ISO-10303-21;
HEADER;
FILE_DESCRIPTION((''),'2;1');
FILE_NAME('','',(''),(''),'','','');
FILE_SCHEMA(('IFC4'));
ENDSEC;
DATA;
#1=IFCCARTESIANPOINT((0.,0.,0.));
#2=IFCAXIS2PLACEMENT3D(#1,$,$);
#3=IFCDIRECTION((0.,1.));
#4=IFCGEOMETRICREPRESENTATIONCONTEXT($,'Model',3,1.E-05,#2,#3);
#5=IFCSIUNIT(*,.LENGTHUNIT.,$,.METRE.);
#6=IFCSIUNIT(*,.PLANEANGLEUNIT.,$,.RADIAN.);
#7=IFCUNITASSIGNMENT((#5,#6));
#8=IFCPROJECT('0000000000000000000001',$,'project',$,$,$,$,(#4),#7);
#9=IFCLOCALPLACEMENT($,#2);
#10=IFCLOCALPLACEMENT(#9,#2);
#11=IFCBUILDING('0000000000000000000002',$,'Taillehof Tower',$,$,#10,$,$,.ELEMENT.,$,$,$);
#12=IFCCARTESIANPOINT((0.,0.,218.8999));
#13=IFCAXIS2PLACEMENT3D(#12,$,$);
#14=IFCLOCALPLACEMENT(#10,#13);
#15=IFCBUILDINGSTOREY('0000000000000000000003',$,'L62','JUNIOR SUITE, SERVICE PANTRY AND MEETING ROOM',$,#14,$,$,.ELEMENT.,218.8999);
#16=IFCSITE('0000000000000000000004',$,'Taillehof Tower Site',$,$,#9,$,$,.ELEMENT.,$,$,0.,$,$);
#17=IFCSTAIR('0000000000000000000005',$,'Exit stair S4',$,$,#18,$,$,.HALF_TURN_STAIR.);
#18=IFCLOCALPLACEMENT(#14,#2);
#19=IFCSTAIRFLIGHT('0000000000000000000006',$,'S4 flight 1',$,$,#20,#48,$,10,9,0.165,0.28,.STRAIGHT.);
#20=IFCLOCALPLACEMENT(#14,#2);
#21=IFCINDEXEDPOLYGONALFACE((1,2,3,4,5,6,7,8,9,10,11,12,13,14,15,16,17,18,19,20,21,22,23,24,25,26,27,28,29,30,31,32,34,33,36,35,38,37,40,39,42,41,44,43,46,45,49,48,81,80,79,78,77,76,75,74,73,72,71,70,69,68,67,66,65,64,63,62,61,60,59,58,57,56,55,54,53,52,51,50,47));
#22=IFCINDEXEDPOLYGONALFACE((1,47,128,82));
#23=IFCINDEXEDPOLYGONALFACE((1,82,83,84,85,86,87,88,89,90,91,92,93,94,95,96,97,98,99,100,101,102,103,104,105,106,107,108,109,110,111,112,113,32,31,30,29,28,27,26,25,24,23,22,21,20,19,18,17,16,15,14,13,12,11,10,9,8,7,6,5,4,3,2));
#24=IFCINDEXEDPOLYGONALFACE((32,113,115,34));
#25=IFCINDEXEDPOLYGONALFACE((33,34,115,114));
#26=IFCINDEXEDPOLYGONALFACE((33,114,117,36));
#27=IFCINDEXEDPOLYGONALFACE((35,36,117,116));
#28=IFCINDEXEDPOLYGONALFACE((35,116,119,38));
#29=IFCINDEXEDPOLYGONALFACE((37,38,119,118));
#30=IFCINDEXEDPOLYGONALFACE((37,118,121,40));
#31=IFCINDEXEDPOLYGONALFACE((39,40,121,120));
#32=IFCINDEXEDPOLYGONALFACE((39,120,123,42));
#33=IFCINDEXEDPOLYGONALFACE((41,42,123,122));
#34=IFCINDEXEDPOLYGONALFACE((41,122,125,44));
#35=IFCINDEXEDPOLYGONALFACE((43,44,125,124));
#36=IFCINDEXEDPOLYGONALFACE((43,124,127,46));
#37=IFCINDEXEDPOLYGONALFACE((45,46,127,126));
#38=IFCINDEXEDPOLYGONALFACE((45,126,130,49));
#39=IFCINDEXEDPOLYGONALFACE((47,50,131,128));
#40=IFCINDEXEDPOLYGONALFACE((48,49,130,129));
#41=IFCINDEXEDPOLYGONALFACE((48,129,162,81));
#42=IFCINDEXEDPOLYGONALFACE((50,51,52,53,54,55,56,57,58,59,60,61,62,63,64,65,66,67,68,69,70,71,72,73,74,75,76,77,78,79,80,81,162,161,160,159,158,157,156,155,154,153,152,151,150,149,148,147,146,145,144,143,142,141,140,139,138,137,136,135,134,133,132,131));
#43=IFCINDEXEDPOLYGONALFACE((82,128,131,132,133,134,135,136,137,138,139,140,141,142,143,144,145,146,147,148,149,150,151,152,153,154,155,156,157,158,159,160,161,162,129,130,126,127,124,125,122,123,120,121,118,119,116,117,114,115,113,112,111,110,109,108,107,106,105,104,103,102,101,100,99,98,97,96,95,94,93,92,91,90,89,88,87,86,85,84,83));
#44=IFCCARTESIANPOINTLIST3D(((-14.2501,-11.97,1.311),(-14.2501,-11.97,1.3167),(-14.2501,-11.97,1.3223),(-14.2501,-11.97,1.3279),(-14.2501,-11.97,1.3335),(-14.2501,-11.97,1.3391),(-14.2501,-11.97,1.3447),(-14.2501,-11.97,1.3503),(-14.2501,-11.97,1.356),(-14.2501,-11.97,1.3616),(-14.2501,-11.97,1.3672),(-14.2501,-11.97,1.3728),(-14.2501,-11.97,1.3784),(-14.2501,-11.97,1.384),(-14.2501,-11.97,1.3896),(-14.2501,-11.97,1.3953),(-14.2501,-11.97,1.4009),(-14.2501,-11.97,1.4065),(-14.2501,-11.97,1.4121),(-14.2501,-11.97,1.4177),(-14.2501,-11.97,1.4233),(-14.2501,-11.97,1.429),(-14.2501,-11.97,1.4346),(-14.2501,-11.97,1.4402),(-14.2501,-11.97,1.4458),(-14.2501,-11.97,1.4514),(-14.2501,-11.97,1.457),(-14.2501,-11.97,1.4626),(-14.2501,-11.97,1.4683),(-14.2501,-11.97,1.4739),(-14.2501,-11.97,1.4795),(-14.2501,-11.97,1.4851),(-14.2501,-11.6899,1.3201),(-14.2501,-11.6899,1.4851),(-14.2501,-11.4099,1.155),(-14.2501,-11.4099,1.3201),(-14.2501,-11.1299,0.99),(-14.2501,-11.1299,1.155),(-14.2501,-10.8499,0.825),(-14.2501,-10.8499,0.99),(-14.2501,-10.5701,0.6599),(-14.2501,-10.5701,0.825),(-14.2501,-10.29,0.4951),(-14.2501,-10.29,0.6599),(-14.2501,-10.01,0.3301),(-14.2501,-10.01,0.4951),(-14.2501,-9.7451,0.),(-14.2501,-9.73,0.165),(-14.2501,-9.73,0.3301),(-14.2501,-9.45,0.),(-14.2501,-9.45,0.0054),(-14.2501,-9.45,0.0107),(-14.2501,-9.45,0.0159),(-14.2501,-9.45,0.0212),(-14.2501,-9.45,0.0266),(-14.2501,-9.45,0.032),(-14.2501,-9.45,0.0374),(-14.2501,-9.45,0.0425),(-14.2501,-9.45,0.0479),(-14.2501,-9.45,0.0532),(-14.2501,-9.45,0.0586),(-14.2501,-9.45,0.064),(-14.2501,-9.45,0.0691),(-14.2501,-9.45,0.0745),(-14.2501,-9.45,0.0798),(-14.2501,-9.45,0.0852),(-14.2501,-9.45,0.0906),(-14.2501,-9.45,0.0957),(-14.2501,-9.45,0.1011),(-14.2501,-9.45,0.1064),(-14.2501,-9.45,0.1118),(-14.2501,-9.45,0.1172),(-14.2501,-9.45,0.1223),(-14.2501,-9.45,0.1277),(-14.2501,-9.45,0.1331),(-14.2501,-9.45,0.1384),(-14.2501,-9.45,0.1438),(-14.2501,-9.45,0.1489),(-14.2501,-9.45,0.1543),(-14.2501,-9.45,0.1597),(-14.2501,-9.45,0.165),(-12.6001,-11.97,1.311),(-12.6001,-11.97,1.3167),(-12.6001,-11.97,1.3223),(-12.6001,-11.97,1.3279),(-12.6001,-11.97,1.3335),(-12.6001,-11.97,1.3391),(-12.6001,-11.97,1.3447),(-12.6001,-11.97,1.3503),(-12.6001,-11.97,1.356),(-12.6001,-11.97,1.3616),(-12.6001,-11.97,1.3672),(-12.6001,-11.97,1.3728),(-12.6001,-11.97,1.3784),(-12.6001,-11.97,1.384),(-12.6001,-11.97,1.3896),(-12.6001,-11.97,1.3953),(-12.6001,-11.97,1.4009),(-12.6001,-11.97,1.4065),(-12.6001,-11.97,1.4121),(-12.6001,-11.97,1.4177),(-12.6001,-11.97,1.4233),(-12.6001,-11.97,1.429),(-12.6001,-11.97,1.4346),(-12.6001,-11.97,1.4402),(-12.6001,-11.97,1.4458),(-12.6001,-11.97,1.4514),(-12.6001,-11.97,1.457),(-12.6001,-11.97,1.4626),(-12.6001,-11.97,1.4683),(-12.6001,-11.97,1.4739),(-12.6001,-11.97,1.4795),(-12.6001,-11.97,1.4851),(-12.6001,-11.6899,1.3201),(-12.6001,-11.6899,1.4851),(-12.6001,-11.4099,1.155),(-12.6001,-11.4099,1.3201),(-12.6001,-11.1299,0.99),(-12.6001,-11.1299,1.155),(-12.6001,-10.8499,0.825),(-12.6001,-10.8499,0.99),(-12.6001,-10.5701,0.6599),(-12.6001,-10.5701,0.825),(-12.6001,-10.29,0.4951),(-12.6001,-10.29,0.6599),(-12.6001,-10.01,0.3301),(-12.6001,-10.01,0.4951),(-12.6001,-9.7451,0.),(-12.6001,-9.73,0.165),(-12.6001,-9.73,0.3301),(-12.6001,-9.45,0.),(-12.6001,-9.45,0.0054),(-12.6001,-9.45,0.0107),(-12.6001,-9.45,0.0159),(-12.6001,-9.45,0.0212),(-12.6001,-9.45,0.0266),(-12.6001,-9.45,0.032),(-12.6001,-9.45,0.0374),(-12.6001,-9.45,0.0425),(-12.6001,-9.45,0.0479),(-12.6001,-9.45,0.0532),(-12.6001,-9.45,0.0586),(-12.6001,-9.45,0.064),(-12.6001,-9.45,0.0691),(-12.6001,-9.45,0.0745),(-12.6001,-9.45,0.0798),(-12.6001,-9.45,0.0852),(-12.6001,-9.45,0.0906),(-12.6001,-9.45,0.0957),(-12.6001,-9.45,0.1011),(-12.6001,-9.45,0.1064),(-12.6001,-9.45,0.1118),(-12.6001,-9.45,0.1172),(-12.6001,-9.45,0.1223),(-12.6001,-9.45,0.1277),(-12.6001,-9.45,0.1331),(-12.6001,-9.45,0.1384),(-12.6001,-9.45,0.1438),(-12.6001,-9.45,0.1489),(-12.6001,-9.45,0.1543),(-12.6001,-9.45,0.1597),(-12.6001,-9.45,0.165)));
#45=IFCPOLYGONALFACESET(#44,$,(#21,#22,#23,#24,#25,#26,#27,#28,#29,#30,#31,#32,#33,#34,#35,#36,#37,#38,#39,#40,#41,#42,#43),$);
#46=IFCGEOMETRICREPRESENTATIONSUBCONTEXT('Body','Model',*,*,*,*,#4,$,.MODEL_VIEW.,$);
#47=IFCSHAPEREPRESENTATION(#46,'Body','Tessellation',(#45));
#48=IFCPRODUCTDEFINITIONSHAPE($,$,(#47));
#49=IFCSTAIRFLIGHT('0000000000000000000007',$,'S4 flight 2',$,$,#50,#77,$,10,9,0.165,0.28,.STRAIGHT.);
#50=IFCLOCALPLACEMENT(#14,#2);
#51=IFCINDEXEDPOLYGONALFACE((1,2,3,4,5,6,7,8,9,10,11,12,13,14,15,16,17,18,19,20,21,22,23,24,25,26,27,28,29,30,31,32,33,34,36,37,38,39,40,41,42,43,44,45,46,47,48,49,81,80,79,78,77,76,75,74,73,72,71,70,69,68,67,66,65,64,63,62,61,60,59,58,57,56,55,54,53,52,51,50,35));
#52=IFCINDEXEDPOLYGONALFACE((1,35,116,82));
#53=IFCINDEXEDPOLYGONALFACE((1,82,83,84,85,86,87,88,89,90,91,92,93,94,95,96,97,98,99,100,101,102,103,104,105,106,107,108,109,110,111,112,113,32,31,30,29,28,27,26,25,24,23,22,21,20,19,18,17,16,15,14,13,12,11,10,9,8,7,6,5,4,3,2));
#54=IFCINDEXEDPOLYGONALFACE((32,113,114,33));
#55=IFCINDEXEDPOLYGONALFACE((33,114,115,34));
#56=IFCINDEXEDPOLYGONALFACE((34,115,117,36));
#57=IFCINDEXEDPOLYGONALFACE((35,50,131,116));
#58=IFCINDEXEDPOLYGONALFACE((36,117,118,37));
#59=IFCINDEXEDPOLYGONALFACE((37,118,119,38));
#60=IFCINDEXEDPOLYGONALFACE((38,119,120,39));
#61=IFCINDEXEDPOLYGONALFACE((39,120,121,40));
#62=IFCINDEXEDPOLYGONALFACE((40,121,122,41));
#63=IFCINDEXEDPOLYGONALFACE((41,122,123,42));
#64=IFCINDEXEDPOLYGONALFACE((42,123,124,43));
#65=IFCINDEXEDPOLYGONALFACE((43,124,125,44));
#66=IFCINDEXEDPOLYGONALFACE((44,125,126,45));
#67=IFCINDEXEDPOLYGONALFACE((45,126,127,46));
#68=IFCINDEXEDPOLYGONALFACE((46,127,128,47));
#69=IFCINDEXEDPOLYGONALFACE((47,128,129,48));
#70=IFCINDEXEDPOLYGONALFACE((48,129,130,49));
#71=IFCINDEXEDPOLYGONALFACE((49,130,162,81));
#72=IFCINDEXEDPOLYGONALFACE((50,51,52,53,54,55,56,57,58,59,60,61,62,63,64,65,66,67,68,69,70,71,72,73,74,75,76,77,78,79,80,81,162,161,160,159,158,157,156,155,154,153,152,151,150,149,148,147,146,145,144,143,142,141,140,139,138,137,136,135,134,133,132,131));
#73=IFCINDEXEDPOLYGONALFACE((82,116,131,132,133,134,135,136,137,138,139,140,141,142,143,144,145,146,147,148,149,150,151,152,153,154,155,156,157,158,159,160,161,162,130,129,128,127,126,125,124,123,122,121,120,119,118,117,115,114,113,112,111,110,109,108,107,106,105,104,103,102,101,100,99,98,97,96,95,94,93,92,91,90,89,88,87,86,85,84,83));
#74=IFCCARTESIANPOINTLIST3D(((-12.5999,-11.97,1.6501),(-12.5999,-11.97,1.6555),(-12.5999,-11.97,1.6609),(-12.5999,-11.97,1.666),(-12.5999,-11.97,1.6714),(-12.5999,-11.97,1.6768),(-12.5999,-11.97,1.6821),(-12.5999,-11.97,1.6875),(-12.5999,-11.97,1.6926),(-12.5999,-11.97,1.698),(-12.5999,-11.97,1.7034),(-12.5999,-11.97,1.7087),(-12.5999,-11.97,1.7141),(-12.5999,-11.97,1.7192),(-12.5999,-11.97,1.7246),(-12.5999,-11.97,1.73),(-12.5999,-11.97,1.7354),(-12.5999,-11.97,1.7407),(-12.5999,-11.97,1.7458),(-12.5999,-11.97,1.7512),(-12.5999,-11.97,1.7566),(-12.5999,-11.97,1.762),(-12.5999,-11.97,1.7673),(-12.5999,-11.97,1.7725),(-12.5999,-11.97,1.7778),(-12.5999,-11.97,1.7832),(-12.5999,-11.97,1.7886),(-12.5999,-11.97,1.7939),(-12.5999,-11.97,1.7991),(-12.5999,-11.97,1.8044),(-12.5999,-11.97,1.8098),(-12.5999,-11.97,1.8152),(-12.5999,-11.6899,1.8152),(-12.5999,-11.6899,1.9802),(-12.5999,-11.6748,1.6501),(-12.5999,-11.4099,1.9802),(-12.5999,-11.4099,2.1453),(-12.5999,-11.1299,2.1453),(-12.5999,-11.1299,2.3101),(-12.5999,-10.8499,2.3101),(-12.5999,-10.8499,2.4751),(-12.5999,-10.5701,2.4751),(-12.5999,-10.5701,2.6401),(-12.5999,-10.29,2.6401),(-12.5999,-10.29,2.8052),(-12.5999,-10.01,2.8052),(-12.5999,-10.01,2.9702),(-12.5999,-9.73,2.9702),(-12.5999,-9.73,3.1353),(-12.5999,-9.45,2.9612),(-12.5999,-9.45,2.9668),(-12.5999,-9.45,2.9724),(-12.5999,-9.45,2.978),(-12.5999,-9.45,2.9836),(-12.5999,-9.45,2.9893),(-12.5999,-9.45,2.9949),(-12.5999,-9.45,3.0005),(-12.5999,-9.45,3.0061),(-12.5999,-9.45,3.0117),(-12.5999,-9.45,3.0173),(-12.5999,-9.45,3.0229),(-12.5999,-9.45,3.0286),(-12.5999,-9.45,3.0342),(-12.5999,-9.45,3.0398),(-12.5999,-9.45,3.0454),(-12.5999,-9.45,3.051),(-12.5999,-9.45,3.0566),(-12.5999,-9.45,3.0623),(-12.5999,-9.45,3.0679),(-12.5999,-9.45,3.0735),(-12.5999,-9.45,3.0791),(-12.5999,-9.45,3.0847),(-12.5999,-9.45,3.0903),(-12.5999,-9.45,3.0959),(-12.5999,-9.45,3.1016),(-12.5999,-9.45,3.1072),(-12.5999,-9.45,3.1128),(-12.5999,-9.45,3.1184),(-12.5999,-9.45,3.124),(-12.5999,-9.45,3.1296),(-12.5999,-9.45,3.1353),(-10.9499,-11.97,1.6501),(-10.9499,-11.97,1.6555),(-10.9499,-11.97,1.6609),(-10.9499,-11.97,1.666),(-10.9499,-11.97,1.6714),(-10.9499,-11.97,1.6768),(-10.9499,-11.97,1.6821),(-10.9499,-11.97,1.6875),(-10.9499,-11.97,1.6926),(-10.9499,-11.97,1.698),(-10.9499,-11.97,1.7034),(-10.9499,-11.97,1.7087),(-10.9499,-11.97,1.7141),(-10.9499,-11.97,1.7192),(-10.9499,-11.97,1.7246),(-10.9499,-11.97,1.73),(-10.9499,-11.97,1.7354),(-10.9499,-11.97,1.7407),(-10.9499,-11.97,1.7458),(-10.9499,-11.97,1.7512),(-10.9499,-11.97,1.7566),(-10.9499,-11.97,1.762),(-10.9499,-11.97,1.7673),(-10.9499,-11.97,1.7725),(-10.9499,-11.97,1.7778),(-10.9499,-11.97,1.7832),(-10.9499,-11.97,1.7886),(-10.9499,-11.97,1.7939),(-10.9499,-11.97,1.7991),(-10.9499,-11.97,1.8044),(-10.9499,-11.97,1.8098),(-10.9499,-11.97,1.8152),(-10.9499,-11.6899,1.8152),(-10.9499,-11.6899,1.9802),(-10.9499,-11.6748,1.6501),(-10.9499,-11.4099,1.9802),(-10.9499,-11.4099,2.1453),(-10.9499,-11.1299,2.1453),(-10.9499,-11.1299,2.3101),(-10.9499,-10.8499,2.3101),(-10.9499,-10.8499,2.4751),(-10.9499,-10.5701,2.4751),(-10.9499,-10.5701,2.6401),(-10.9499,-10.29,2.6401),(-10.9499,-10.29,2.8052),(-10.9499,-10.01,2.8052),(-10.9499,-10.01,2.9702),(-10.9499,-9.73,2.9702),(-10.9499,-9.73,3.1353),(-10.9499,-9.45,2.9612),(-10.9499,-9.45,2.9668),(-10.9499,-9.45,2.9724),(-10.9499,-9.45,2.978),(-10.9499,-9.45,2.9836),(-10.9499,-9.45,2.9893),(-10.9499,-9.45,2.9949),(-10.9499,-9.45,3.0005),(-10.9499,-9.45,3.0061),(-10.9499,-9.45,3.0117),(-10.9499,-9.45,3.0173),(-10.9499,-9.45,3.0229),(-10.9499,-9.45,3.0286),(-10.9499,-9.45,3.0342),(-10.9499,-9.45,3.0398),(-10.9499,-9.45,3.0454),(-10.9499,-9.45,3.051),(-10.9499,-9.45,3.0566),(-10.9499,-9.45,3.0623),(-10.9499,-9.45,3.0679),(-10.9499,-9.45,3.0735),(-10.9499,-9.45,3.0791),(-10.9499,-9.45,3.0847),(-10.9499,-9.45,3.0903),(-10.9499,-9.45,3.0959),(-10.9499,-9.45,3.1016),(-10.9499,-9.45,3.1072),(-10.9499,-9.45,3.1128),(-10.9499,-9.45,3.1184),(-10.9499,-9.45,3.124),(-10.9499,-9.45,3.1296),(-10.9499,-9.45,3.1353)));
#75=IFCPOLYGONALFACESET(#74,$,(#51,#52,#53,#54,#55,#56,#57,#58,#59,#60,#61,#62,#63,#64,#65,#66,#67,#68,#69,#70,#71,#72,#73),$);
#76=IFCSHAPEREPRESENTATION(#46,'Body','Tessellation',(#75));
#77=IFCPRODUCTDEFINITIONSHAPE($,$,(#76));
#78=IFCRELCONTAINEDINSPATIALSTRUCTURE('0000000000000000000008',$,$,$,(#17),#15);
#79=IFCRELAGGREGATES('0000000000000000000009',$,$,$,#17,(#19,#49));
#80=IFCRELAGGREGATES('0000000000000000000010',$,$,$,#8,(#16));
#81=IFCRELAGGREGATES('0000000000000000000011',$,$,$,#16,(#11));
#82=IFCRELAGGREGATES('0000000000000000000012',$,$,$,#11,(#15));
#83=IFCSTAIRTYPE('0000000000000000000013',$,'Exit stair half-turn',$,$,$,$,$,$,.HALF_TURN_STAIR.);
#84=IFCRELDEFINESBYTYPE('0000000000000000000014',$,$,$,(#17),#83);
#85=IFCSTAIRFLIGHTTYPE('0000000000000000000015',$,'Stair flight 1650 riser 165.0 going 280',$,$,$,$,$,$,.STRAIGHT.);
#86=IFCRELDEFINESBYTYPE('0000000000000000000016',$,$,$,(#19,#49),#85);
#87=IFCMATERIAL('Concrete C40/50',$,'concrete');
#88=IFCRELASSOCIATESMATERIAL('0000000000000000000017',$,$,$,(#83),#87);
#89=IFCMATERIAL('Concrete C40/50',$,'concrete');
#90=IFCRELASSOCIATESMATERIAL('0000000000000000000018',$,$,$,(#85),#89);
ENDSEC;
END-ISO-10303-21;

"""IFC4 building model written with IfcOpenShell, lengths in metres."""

from ifc_helpers import new_model, si_unit, direction, frame, origin, place, context, subcontext, project, spatial, polyline, outline, extrude, material, type_object, element, aggregate, save


model = new_model("IFC4")

# Units and contexts
model_context = context("Model", 3, precision=1e-05, world=origin(), true_north=direction((0.0, 1.0)))
body_context = subcontext(model_context, "Body", "Model", "MODEL_VIEW")
ifc_project = project(units=[si_unit("LENGTHUNIT", "METRE"), si_unit("PLANEANGLEUNIT", "RADIAN")], contexts=[model_context])

# Site, building, storey
site_placement = place(None, origin())
site = spatial("IfcSite", under=ifc_project, at=site_placement, Name="Taillehof Tower Site", CompositionType="ELEMENT", RefElevation=0.0)
building_placement = place(site_placement, origin())
building = spatial("IfcBuilding", under=site, at=building_placement, Name="Taillehof Tower", CompositionType="ELEMENT")
storey_placement = place(building_placement, frame((0.0, 0.0, 218.8999)))
storey = spatial("IfcBuildingStorey", under=building, at=storey_placement, Name="L62", Description="JUNIOR SUITE, SERVICE PANTRY AND MEETING ROOM", CompositionType="ELEMENT", Elevation=218.8999)

# Stair, stair flights
ifc_material_1 = material(Name="Concrete C40/50", Category="concrete")
stair_type = type_object("IfcStairType", Name="Exit stair half-turn", PredefinedType="HALF_TURN_STAIR", material=ifc_material_1)
stair_placement = place(storey_placement, origin())
stair = element("IfcStair", 1, at=stair_placement, inside=storey, type_object=stair_type, Name="Exit stair S4", PredefinedType="HALF_TURN_STAIR")
ifc_material_2 = material(Name="Concrete C40/50", Category="concrete")
stair_flight_type = type_object("IfcStairFlightType", Name="Stair flight 1650 riser 165.0 going 280", PredefinedType="STRAIGHT", material=ifc_material_2)
stair_flight_1_placement = place(storey_placement, frame((-13.425, -9.45, 0.0), z_axis=(0.0, 0.0, 1.0), x_axis=(0.0, -1.0, 0.0)))
stair_flight_1 = element("IfcStairFlight", 2, at=stair_flight_1_placement, type_object=stair_flight_type, Name="S4 flight 1", NumberOfRisers=10, NumberOfTreads=9, PredefinedType="STRAIGHT", RiserHeight=0.165, TreadLength=0.28, context=body_context, shape_type="SweptSolid", body=[
    extrude(outline(polyline([(0.0, 0.0), (0.0, 0.0054), (0.0, 0.0107), (0.0, 0.0159), (0.0, 0.0212), (0.0, 0.0266), (0.0, 0.032), (0.0, 0.0374), (0.0, 0.0425), (0.0, 0.0479), (0.0, 0.0532), (0.0, 0.0586), (0.0, 0.064), (0.0, 0.0691), (0.0, 0.0745), (0.0, 0.0798), (0.0, 0.0852), (0.0, 0.0906), (0.0, 0.0957), (0.0, 0.1011), (0.0, 0.1064), (0.0, 0.1118), (0.0, 0.1172), (0.0, 0.1223), (0.0, 0.1277), (0.0, 0.1331), (0.0, 0.1384), (0.0, 0.1438), (0.0, 0.1489), (0.0, 0.1543), (0.0, 0.1597), (0.0, 0.165), (0.28, 0.165), (0.28, 0.3301), (0.5601, 0.3301), (0.5601, 0.4951), (0.8401, 0.4951), (0.8401, 0.6599), (1.1201, 0.6599), (1.1201, 0.825), (1.3999, 0.825), (1.3999, 0.99), (1.6799, 0.99), (1.6799, 1.155), (1.96, 1.155), (1.96, 1.3201), (2.24, 1.3201), (2.24, 1.4851), (2.52, 1.4851), (2.52, 1.4795), (2.52, 1.4739), (2.52, 1.4683), (2.52, 1.4626), (2.52, 1.457), (2.52, 1.4514), (2.52, 1.4458), (2.52, 1.4402), (2.52, 1.4346), (2.52, 1.429), (2.52, 1.4233), (2.52, 1.4177), (2.52, 1.4121), (2.52, 1.4065), (2.52, 1.4009), (2.52, 1.3953), (2.52, 1.3896), (2.52, 1.384), (2.52, 1.3784), (2.52, 1.3728), (2.52, 1.3672), (2.52, 1.3616), (2.52, 1.356), (2.52, 1.3503), (2.52, 1.3447), (2.52, 1.3391), (2.52, 1.3335), (2.52, 1.3279), (2.52, 1.3223), (2.52, 1.3167), (2.52, 1.311), (0.2952, 0.0), (0.0, 0.0)])), frame((0.0, 0.825, 0.0), z_axis=(0.0, -1.0, 0.0), x_axis=(1.0, 0.0, 0.0)), (0.0, 0.0, 1.0), 1.65),
])
stair_flight_2_placement = place(storey_placement, frame((-11.7749, -11.97, 1.6501), z_axis=(0.0, 0.0, 1.0), x_axis=(0.0, 1.0, 0.0)))
stair_flight_2 = element("IfcStairFlight", 3, at=stair_flight_2_placement, type_object=stair_flight_type, Name="S4 flight 2", NumberOfRisers=10, NumberOfTreads=9, PredefinedType="STRAIGHT", RiserHeight=0.165, TreadLength=0.28, context=body_context, shape_type="SweptSolid", body=[
    extrude(outline(polyline([(0.0, 0.0), (0.0, 0.0054), (0.0, 0.0107), (0.0, 0.0159), (0.0, 0.0212), (0.0, 0.0266), (0.0, 0.032), (0.0, 0.0374), (0.0, 0.0425), (0.0, 0.0479), (0.0, 0.0532), (0.0, 0.0586), (0.0, 0.064), (0.0, 0.0691), (0.0, 0.0745), (0.0, 0.0798), (0.0, 0.0852), (0.0, 0.0906), (0.0, 0.0957), (0.0, 0.1011), (0.0, 0.1064), (0.0, 0.1118), (0.0, 0.1172), (0.0, 0.1223), (0.0, 0.1277), (0.0, 0.1331), (0.0, 0.1384), (0.0, 0.1438), (0.0, 0.1489), (0.0, 0.1543), (0.0, 0.1597), (0.0, 0.165), (0.28, 0.165), (0.28, 0.3301), (0.5601, 0.3301), (0.5601, 0.4951), (0.8401, 0.4951), (0.8401, 0.6599), (1.1201, 0.6599), (1.1201, 0.825), (1.3999, 0.825), (1.3999, 0.99), (1.6799, 0.99), (1.6799, 1.155), (1.96, 1.155), (1.96, 1.3201), (2.24, 1.3201), (2.24, 1.4851), (2.52, 1.4851), (2.52, 1.4795), (2.52, 1.4739), (2.52, 1.4683), (2.52, 1.4626), (2.52, 1.457), (2.52, 1.4514), (2.52, 1.4458), (2.52, 1.4402), (2.52, 1.4346), (2.52, 1.429), (2.52, 1.4233), (2.52, 1.4177), (2.52, 1.4121), (2.52, 1.4065), (2.52, 1.4009), (2.52, 1.3953), (2.52, 1.3896), (2.52, 1.384), (2.52, 1.3784), (2.52, 1.3728), (2.52, 1.3672), (2.52, 1.3616), (2.52, 1.356), (2.52, 1.3503), (2.52, 1.3447), (2.52, 1.3391), (2.52, 1.3335), (2.52, 1.3279), (2.52, 1.3223), (2.52, 1.3167), (2.52, 1.311), (0.2952, 0.0), (0.0, 0.0)])), frame((0.0, 0.825, 0.0), z_axis=(0.0, -1.0, 0.0), x_axis=(1.0, 0.0, 0.0)), (0.0, 0.0, 1.0), 1.65),
])
aggregate(stair, [stair_flight_1, stair_flight_2])

save(model, "model.ifc")
